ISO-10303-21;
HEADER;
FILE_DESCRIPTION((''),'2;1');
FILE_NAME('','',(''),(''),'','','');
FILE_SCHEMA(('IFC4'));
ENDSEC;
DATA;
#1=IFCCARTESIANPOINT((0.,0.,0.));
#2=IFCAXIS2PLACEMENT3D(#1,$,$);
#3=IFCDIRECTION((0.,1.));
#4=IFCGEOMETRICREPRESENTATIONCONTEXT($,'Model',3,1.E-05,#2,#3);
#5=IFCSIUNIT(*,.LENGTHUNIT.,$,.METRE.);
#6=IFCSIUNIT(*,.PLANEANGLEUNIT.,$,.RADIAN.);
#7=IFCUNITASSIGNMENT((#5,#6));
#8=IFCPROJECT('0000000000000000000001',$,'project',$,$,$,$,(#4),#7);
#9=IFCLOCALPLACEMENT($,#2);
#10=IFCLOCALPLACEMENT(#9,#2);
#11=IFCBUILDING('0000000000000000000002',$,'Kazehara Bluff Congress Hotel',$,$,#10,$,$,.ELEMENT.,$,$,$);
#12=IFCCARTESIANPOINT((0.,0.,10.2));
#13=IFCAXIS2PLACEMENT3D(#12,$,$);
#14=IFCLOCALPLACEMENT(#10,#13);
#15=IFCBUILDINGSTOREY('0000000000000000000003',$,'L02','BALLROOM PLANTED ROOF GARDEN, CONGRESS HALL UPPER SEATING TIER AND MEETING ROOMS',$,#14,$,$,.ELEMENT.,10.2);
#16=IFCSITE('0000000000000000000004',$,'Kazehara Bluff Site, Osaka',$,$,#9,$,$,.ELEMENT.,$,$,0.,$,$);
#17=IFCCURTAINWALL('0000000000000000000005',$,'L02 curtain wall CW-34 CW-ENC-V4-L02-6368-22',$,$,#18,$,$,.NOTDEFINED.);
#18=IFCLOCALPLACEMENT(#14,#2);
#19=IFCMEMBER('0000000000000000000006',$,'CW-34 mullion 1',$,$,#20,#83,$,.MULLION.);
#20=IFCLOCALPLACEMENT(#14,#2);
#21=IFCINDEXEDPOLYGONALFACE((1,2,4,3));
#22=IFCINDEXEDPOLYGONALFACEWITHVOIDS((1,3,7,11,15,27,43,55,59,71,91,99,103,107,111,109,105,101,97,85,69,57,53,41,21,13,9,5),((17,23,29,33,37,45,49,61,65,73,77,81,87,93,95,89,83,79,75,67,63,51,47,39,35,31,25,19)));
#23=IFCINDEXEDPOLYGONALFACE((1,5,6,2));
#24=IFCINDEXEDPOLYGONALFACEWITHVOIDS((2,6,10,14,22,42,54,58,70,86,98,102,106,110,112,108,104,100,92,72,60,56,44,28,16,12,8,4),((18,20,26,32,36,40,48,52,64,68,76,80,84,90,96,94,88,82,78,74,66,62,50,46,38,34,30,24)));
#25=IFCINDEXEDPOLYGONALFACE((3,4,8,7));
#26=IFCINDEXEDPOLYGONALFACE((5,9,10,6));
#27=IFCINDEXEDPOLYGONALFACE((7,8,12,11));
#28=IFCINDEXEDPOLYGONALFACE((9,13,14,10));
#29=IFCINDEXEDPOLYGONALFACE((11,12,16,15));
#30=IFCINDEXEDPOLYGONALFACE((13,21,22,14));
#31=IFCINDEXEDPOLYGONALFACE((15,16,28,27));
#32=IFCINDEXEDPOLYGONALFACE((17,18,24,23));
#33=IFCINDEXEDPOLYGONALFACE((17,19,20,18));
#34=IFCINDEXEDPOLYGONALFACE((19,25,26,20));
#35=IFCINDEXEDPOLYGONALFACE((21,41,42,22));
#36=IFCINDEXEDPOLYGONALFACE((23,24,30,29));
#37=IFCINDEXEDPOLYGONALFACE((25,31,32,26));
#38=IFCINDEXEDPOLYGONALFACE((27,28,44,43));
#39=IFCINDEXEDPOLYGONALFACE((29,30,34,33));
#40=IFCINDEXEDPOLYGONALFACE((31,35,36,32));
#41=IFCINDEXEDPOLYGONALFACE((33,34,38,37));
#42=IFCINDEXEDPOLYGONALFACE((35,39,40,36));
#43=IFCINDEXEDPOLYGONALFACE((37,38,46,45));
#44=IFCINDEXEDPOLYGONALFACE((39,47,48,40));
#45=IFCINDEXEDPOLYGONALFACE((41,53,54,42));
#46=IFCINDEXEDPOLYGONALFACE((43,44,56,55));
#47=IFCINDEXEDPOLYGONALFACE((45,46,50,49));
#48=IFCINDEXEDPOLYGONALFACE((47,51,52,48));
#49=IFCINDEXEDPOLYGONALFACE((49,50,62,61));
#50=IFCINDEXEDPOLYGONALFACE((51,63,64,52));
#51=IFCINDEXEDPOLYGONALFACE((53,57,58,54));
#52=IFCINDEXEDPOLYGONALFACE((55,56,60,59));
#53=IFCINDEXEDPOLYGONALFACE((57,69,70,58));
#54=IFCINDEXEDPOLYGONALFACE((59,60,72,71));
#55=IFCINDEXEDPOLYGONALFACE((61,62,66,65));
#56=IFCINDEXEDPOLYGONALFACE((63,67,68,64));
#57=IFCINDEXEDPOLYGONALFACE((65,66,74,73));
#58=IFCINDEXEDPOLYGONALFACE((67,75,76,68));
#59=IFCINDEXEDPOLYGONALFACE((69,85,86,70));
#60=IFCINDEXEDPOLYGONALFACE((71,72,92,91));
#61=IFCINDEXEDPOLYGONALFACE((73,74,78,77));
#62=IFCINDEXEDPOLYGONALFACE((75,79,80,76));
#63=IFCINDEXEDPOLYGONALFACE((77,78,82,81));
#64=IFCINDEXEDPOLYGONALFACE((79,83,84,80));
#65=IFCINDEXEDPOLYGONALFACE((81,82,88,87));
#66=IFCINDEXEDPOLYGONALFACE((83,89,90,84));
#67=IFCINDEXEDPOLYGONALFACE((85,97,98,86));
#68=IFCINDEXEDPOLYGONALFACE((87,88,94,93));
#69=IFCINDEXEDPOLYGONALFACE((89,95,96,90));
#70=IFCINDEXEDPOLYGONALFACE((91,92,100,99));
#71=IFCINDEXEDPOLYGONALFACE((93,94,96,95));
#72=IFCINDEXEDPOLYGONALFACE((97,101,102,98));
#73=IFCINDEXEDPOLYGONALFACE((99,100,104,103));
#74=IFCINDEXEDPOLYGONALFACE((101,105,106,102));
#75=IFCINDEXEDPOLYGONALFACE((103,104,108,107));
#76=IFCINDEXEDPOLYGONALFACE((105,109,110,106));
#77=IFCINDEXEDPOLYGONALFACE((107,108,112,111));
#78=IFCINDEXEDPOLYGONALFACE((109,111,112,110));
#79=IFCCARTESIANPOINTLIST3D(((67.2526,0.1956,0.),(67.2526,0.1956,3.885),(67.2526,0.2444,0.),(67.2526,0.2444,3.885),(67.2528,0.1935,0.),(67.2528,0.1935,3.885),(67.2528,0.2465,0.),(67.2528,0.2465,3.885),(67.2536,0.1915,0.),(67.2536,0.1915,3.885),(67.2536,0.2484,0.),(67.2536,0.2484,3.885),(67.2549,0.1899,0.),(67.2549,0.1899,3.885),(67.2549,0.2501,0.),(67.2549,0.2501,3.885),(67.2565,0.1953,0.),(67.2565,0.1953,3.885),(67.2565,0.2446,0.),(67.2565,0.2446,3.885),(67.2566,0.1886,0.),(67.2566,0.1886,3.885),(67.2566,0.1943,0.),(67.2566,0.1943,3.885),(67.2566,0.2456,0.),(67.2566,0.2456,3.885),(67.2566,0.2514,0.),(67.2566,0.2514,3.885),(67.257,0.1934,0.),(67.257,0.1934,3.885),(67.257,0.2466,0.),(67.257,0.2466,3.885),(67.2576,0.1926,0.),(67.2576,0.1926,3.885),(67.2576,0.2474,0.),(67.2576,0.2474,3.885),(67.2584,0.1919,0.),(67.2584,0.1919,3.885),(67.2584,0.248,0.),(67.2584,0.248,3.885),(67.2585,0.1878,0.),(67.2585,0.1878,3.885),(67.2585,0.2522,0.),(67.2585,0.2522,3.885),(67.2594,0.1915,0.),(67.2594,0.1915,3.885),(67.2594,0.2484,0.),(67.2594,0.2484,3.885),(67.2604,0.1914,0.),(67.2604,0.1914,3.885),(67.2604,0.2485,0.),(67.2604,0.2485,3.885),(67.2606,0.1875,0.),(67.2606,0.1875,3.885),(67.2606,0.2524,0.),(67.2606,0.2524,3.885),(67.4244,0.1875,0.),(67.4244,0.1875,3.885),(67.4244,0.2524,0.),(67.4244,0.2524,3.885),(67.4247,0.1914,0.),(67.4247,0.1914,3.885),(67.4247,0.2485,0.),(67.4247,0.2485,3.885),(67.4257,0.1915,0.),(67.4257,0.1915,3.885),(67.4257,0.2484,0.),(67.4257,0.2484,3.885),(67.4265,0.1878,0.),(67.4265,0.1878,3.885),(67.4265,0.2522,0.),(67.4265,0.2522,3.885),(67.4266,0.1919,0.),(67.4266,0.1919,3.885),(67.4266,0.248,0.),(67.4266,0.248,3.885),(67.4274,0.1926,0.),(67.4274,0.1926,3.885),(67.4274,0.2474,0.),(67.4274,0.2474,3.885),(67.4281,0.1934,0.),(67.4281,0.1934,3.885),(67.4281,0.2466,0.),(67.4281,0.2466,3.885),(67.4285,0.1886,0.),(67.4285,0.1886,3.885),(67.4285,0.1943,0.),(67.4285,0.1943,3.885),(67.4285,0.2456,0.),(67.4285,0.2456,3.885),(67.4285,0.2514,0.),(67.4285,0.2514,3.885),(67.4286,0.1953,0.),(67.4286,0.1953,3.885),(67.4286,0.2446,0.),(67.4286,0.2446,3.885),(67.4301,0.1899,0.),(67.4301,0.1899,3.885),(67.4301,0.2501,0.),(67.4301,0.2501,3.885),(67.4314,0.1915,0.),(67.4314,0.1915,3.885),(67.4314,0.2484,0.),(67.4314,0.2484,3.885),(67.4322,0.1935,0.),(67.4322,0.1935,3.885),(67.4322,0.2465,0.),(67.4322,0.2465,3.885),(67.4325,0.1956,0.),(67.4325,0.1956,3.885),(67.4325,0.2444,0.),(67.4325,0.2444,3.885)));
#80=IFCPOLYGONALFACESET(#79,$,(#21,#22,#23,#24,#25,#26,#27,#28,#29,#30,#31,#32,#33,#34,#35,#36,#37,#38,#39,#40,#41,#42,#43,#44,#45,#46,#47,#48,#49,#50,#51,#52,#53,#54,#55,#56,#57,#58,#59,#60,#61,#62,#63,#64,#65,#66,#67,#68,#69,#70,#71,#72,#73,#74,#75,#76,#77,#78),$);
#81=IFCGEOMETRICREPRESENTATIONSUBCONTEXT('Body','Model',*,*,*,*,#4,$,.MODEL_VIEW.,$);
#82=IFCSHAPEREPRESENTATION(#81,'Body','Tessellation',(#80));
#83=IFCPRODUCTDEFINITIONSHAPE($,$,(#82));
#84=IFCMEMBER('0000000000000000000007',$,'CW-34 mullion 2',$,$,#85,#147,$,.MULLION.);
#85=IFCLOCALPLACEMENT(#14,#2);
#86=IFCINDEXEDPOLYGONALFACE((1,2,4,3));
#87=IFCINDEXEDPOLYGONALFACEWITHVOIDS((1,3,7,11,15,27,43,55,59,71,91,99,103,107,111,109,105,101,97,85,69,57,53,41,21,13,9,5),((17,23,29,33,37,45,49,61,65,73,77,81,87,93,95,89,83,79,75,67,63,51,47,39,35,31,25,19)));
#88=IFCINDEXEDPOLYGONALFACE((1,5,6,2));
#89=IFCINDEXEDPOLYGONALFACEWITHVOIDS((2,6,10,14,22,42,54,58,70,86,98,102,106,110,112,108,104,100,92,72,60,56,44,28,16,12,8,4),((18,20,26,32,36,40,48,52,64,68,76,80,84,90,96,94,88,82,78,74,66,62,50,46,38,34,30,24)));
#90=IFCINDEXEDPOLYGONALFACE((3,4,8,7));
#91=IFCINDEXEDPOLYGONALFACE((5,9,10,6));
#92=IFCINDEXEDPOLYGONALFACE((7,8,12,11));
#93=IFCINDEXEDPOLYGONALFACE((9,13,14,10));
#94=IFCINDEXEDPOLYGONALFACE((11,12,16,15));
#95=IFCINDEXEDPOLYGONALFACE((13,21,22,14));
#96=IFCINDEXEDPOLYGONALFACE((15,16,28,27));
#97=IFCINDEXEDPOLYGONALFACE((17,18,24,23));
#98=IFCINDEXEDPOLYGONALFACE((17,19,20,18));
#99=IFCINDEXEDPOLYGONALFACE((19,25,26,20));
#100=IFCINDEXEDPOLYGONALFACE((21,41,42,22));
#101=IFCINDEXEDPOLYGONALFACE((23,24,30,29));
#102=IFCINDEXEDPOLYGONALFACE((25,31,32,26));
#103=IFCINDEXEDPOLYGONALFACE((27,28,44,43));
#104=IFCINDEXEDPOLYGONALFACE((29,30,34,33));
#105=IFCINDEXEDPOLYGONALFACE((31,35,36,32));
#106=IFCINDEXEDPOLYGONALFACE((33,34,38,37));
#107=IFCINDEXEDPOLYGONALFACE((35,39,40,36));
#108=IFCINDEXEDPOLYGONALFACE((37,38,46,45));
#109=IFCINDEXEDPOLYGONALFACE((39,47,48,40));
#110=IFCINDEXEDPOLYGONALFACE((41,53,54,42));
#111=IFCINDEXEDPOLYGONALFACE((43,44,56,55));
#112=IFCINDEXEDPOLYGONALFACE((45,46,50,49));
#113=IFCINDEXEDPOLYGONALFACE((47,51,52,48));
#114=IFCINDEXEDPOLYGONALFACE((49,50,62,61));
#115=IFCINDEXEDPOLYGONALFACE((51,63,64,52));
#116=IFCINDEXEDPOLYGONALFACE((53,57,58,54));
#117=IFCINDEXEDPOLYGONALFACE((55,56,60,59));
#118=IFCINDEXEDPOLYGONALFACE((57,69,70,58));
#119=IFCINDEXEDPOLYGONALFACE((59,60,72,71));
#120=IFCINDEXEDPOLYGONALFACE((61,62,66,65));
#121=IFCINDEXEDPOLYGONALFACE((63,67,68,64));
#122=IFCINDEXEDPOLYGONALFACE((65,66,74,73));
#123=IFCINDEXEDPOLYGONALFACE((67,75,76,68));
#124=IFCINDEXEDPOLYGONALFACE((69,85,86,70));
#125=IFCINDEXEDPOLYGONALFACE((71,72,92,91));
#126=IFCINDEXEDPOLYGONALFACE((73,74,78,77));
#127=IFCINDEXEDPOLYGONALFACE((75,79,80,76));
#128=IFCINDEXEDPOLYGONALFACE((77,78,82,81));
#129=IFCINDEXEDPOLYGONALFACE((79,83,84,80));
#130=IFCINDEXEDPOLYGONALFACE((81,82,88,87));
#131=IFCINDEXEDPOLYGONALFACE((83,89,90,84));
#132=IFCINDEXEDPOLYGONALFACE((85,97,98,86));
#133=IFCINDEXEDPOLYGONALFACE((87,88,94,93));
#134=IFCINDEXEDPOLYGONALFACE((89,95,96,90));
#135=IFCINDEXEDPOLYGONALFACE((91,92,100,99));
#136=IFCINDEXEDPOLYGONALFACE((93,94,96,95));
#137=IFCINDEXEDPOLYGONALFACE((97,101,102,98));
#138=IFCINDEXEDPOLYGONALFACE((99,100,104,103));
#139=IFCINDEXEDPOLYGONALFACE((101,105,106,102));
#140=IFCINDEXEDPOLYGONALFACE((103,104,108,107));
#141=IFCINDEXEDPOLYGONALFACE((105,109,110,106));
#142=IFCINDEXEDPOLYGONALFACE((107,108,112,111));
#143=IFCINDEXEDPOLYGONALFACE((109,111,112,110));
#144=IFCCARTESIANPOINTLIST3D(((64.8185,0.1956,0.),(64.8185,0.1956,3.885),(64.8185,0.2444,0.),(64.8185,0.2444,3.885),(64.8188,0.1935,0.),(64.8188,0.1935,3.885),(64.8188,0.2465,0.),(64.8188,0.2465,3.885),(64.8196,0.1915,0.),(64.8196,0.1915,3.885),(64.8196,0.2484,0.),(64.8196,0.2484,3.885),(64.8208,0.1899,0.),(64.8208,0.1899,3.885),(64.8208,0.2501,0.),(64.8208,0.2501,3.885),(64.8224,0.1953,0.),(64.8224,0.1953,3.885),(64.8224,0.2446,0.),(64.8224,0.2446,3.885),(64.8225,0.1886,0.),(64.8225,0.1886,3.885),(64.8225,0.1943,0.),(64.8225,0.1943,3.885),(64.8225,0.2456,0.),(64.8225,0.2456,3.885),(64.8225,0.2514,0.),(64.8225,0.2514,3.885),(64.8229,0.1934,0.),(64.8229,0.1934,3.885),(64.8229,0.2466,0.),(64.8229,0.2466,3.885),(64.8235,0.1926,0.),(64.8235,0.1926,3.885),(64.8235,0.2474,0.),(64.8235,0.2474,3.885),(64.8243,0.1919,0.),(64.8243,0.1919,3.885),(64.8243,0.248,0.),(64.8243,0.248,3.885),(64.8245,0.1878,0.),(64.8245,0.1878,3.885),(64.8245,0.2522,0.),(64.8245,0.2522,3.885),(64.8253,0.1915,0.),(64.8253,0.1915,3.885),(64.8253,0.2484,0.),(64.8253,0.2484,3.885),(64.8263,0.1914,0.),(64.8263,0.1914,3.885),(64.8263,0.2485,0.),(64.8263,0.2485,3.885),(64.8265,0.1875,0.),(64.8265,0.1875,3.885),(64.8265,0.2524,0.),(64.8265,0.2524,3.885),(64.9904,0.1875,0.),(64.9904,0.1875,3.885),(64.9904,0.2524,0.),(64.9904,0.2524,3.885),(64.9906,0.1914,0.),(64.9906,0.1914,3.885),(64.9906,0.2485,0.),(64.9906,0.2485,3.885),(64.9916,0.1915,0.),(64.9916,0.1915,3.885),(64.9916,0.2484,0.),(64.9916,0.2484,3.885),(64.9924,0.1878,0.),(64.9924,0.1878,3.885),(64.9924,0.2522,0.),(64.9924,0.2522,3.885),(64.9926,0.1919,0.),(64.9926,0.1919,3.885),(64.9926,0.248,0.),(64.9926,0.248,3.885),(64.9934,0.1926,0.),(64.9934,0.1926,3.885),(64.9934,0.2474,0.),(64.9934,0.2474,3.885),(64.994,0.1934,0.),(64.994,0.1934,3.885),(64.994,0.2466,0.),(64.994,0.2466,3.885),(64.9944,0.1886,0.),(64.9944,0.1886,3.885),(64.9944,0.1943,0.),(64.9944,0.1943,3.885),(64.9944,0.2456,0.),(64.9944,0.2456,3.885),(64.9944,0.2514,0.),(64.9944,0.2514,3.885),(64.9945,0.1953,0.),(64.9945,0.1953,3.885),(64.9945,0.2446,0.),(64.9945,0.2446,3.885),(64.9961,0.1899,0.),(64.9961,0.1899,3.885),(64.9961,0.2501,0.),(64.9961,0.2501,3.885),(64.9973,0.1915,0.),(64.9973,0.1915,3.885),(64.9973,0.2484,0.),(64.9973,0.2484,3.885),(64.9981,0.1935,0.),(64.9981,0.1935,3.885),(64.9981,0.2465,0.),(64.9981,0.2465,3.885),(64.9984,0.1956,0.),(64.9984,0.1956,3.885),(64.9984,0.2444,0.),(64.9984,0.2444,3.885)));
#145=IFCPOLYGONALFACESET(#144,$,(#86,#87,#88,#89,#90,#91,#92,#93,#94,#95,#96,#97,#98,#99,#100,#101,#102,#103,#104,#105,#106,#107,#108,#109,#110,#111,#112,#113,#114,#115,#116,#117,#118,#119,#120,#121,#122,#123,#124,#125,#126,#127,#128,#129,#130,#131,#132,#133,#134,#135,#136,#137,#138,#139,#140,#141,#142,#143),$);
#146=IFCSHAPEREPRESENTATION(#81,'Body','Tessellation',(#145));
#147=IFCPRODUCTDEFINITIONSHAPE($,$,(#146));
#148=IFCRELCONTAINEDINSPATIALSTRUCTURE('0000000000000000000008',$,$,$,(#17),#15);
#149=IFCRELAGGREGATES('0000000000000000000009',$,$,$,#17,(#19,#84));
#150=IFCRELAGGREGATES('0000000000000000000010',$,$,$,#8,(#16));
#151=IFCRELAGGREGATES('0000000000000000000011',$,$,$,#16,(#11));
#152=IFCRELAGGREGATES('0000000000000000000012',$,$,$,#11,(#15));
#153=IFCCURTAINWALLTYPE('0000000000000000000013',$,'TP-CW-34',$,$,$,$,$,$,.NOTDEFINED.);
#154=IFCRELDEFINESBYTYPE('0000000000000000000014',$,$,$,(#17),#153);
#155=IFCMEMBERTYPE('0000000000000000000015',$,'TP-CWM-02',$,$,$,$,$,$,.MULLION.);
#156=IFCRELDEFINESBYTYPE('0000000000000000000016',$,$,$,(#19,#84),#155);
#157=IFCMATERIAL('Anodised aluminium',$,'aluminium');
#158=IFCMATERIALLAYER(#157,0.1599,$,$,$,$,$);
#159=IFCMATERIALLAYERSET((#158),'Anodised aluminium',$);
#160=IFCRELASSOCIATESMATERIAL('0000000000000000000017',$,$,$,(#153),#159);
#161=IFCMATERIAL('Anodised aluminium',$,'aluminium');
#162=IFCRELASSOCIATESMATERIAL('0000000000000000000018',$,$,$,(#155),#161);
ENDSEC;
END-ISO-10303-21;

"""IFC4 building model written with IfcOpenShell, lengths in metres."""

from ifc_helpers import new_model, si_unit, direction, frame, origin, origin_2d, place, context, subcontext, project, spatial, hollow_rectangle, extrude, material, layer, layer_set, material_profile, profile_set, type_object, element, aggregate, save


model = new_model("IFC4")

# Units and contexts
model_context = context("Model", 3, precision=1e-05, world=origin(), true_north=direction((0.0, 1.0)))
body_context = subcontext(model_context, "Body", "Model", "MODEL_VIEW")
ifc_project = project(units=[si_unit("LENGTHUNIT", "METRE"), si_unit("PLANEANGLEUNIT", "RADIAN")], contexts=[model_context])

# Site, building, storey
site_placement = place(None, origin())
site = spatial("IfcSite", under=ifc_project, at=site_placement, Name="Kazehara Bluff Site, Osaka", CompositionType="ELEMENT", RefElevation=0.0)
building_placement = place(site_placement, origin())
building = spatial("IfcBuilding", under=site, at=building_placement, Name="Kazehara Bluff Congress Hotel", CompositionType="ELEMENT")
storey_placement = place(building_placement, frame((0.0, 0.0, 10.2)))
storey = spatial("IfcBuildingStorey", under=building, at=storey_placement, Name="L02", Description="BALLROOM PLANTED ROOF GARDEN, CONGRESS HALL UPPER SEATING TIER AND MEETING ROOMS", CompositionType="ELEMENT", Elevation=10.2)

# Curtain wall, members
ifc_material_1 = material(Name="Anodised aluminium", Category="aluminium")
ifc_layer_1 = layer(ifc_material_1, 0.1599)
ifc_layer_set_1 = layer_set([ifc_layer_1], Name="Anodised aluminium")
curtain_wall_type_1 = type_object("IfcCurtainWallType", Name="TP-CW-34", PredefinedType="NOTDEFINED", material=ifc_layer_set_1)
curtain_wall_1_placement = place(storey_placement, origin())
curtain_wall_1 = element("IfcCurtainWall", 1, at=curtain_wall_1_placement, inside=storey, type_object=curtain_wall_type_1, Name="L02 curtain wall CW-34 CW-ENC-V4-L02-6368-22", PredefinedType="NOTDEFINED")
ifc_material_2 = material(Name="Anodised aluminium", Category="aluminium")
ifc_material_profile_1 = material_profile(ifc_material_2, hollow_rectangle(XDim=0.0649, YDim=0.1799, WallThickness=0.0039, InnerFilletRadius=0.0039, OuterFilletRadius=0.0081, at=origin_2d()))
ifc_profile_set_1 = profile_set([ifc_material_profile_1], Name="Anodised aluminium")
member_type_1 = type_object("IfcMemberType", Name="TP-CWM-02", PredefinedType="MULLION", material=ifc_profile_set_1)
member_1_placement = place(storey_placement, frame((67.3425, 0.22, 0.0), z_axis=(0.0, 0.0, 1.0), x_axis=(0.0, -1.0, 0.0)))
member_1 = element("IfcMember", 2, at=member_1_placement, type_object=member_type_1, Name="CW-34 mullion 1", PredefinedType="MULLION", context=body_context, shape_type="SweptSolid", body=[
    extrude(hollow_rectangle(XDim=0.0649, YDim=0.1799, WallThickness=0.0039, InnerFilletRadius=0.0039, OuterFilletRadius=0.0081, at=origin_2d()), origin(), (0.0, 0.0, 1.0), 3.885),
])
member_2_placement = place(storey_placement, frame((64.9084, 0.22, 0.0), z_axis=(0.0, 0.0, 1.0), x_axis=(0.0, -1.0, 0.0)))
member_2 = element("IfcMember", 3, at=member_2_placement, type_object=member_type_1, Name="CW-34 mullion 2", PredefinedType="MULLION", context=body_context, shape_type="SweptSolid", body=[
    extrude(hollow_rectangle(XDim=0.0649, YDim=0.1799, WallThickness=0.0039, InnerFilletRadius=0.0039, OuterFilletRadius=0.0081, at=origin_2d()), origin(), (0.0, 0.0, 1.0), 3.885),
])

aggregate(curtain_wall_1, [member_1, member_2])

save(model, "model.ifc")
